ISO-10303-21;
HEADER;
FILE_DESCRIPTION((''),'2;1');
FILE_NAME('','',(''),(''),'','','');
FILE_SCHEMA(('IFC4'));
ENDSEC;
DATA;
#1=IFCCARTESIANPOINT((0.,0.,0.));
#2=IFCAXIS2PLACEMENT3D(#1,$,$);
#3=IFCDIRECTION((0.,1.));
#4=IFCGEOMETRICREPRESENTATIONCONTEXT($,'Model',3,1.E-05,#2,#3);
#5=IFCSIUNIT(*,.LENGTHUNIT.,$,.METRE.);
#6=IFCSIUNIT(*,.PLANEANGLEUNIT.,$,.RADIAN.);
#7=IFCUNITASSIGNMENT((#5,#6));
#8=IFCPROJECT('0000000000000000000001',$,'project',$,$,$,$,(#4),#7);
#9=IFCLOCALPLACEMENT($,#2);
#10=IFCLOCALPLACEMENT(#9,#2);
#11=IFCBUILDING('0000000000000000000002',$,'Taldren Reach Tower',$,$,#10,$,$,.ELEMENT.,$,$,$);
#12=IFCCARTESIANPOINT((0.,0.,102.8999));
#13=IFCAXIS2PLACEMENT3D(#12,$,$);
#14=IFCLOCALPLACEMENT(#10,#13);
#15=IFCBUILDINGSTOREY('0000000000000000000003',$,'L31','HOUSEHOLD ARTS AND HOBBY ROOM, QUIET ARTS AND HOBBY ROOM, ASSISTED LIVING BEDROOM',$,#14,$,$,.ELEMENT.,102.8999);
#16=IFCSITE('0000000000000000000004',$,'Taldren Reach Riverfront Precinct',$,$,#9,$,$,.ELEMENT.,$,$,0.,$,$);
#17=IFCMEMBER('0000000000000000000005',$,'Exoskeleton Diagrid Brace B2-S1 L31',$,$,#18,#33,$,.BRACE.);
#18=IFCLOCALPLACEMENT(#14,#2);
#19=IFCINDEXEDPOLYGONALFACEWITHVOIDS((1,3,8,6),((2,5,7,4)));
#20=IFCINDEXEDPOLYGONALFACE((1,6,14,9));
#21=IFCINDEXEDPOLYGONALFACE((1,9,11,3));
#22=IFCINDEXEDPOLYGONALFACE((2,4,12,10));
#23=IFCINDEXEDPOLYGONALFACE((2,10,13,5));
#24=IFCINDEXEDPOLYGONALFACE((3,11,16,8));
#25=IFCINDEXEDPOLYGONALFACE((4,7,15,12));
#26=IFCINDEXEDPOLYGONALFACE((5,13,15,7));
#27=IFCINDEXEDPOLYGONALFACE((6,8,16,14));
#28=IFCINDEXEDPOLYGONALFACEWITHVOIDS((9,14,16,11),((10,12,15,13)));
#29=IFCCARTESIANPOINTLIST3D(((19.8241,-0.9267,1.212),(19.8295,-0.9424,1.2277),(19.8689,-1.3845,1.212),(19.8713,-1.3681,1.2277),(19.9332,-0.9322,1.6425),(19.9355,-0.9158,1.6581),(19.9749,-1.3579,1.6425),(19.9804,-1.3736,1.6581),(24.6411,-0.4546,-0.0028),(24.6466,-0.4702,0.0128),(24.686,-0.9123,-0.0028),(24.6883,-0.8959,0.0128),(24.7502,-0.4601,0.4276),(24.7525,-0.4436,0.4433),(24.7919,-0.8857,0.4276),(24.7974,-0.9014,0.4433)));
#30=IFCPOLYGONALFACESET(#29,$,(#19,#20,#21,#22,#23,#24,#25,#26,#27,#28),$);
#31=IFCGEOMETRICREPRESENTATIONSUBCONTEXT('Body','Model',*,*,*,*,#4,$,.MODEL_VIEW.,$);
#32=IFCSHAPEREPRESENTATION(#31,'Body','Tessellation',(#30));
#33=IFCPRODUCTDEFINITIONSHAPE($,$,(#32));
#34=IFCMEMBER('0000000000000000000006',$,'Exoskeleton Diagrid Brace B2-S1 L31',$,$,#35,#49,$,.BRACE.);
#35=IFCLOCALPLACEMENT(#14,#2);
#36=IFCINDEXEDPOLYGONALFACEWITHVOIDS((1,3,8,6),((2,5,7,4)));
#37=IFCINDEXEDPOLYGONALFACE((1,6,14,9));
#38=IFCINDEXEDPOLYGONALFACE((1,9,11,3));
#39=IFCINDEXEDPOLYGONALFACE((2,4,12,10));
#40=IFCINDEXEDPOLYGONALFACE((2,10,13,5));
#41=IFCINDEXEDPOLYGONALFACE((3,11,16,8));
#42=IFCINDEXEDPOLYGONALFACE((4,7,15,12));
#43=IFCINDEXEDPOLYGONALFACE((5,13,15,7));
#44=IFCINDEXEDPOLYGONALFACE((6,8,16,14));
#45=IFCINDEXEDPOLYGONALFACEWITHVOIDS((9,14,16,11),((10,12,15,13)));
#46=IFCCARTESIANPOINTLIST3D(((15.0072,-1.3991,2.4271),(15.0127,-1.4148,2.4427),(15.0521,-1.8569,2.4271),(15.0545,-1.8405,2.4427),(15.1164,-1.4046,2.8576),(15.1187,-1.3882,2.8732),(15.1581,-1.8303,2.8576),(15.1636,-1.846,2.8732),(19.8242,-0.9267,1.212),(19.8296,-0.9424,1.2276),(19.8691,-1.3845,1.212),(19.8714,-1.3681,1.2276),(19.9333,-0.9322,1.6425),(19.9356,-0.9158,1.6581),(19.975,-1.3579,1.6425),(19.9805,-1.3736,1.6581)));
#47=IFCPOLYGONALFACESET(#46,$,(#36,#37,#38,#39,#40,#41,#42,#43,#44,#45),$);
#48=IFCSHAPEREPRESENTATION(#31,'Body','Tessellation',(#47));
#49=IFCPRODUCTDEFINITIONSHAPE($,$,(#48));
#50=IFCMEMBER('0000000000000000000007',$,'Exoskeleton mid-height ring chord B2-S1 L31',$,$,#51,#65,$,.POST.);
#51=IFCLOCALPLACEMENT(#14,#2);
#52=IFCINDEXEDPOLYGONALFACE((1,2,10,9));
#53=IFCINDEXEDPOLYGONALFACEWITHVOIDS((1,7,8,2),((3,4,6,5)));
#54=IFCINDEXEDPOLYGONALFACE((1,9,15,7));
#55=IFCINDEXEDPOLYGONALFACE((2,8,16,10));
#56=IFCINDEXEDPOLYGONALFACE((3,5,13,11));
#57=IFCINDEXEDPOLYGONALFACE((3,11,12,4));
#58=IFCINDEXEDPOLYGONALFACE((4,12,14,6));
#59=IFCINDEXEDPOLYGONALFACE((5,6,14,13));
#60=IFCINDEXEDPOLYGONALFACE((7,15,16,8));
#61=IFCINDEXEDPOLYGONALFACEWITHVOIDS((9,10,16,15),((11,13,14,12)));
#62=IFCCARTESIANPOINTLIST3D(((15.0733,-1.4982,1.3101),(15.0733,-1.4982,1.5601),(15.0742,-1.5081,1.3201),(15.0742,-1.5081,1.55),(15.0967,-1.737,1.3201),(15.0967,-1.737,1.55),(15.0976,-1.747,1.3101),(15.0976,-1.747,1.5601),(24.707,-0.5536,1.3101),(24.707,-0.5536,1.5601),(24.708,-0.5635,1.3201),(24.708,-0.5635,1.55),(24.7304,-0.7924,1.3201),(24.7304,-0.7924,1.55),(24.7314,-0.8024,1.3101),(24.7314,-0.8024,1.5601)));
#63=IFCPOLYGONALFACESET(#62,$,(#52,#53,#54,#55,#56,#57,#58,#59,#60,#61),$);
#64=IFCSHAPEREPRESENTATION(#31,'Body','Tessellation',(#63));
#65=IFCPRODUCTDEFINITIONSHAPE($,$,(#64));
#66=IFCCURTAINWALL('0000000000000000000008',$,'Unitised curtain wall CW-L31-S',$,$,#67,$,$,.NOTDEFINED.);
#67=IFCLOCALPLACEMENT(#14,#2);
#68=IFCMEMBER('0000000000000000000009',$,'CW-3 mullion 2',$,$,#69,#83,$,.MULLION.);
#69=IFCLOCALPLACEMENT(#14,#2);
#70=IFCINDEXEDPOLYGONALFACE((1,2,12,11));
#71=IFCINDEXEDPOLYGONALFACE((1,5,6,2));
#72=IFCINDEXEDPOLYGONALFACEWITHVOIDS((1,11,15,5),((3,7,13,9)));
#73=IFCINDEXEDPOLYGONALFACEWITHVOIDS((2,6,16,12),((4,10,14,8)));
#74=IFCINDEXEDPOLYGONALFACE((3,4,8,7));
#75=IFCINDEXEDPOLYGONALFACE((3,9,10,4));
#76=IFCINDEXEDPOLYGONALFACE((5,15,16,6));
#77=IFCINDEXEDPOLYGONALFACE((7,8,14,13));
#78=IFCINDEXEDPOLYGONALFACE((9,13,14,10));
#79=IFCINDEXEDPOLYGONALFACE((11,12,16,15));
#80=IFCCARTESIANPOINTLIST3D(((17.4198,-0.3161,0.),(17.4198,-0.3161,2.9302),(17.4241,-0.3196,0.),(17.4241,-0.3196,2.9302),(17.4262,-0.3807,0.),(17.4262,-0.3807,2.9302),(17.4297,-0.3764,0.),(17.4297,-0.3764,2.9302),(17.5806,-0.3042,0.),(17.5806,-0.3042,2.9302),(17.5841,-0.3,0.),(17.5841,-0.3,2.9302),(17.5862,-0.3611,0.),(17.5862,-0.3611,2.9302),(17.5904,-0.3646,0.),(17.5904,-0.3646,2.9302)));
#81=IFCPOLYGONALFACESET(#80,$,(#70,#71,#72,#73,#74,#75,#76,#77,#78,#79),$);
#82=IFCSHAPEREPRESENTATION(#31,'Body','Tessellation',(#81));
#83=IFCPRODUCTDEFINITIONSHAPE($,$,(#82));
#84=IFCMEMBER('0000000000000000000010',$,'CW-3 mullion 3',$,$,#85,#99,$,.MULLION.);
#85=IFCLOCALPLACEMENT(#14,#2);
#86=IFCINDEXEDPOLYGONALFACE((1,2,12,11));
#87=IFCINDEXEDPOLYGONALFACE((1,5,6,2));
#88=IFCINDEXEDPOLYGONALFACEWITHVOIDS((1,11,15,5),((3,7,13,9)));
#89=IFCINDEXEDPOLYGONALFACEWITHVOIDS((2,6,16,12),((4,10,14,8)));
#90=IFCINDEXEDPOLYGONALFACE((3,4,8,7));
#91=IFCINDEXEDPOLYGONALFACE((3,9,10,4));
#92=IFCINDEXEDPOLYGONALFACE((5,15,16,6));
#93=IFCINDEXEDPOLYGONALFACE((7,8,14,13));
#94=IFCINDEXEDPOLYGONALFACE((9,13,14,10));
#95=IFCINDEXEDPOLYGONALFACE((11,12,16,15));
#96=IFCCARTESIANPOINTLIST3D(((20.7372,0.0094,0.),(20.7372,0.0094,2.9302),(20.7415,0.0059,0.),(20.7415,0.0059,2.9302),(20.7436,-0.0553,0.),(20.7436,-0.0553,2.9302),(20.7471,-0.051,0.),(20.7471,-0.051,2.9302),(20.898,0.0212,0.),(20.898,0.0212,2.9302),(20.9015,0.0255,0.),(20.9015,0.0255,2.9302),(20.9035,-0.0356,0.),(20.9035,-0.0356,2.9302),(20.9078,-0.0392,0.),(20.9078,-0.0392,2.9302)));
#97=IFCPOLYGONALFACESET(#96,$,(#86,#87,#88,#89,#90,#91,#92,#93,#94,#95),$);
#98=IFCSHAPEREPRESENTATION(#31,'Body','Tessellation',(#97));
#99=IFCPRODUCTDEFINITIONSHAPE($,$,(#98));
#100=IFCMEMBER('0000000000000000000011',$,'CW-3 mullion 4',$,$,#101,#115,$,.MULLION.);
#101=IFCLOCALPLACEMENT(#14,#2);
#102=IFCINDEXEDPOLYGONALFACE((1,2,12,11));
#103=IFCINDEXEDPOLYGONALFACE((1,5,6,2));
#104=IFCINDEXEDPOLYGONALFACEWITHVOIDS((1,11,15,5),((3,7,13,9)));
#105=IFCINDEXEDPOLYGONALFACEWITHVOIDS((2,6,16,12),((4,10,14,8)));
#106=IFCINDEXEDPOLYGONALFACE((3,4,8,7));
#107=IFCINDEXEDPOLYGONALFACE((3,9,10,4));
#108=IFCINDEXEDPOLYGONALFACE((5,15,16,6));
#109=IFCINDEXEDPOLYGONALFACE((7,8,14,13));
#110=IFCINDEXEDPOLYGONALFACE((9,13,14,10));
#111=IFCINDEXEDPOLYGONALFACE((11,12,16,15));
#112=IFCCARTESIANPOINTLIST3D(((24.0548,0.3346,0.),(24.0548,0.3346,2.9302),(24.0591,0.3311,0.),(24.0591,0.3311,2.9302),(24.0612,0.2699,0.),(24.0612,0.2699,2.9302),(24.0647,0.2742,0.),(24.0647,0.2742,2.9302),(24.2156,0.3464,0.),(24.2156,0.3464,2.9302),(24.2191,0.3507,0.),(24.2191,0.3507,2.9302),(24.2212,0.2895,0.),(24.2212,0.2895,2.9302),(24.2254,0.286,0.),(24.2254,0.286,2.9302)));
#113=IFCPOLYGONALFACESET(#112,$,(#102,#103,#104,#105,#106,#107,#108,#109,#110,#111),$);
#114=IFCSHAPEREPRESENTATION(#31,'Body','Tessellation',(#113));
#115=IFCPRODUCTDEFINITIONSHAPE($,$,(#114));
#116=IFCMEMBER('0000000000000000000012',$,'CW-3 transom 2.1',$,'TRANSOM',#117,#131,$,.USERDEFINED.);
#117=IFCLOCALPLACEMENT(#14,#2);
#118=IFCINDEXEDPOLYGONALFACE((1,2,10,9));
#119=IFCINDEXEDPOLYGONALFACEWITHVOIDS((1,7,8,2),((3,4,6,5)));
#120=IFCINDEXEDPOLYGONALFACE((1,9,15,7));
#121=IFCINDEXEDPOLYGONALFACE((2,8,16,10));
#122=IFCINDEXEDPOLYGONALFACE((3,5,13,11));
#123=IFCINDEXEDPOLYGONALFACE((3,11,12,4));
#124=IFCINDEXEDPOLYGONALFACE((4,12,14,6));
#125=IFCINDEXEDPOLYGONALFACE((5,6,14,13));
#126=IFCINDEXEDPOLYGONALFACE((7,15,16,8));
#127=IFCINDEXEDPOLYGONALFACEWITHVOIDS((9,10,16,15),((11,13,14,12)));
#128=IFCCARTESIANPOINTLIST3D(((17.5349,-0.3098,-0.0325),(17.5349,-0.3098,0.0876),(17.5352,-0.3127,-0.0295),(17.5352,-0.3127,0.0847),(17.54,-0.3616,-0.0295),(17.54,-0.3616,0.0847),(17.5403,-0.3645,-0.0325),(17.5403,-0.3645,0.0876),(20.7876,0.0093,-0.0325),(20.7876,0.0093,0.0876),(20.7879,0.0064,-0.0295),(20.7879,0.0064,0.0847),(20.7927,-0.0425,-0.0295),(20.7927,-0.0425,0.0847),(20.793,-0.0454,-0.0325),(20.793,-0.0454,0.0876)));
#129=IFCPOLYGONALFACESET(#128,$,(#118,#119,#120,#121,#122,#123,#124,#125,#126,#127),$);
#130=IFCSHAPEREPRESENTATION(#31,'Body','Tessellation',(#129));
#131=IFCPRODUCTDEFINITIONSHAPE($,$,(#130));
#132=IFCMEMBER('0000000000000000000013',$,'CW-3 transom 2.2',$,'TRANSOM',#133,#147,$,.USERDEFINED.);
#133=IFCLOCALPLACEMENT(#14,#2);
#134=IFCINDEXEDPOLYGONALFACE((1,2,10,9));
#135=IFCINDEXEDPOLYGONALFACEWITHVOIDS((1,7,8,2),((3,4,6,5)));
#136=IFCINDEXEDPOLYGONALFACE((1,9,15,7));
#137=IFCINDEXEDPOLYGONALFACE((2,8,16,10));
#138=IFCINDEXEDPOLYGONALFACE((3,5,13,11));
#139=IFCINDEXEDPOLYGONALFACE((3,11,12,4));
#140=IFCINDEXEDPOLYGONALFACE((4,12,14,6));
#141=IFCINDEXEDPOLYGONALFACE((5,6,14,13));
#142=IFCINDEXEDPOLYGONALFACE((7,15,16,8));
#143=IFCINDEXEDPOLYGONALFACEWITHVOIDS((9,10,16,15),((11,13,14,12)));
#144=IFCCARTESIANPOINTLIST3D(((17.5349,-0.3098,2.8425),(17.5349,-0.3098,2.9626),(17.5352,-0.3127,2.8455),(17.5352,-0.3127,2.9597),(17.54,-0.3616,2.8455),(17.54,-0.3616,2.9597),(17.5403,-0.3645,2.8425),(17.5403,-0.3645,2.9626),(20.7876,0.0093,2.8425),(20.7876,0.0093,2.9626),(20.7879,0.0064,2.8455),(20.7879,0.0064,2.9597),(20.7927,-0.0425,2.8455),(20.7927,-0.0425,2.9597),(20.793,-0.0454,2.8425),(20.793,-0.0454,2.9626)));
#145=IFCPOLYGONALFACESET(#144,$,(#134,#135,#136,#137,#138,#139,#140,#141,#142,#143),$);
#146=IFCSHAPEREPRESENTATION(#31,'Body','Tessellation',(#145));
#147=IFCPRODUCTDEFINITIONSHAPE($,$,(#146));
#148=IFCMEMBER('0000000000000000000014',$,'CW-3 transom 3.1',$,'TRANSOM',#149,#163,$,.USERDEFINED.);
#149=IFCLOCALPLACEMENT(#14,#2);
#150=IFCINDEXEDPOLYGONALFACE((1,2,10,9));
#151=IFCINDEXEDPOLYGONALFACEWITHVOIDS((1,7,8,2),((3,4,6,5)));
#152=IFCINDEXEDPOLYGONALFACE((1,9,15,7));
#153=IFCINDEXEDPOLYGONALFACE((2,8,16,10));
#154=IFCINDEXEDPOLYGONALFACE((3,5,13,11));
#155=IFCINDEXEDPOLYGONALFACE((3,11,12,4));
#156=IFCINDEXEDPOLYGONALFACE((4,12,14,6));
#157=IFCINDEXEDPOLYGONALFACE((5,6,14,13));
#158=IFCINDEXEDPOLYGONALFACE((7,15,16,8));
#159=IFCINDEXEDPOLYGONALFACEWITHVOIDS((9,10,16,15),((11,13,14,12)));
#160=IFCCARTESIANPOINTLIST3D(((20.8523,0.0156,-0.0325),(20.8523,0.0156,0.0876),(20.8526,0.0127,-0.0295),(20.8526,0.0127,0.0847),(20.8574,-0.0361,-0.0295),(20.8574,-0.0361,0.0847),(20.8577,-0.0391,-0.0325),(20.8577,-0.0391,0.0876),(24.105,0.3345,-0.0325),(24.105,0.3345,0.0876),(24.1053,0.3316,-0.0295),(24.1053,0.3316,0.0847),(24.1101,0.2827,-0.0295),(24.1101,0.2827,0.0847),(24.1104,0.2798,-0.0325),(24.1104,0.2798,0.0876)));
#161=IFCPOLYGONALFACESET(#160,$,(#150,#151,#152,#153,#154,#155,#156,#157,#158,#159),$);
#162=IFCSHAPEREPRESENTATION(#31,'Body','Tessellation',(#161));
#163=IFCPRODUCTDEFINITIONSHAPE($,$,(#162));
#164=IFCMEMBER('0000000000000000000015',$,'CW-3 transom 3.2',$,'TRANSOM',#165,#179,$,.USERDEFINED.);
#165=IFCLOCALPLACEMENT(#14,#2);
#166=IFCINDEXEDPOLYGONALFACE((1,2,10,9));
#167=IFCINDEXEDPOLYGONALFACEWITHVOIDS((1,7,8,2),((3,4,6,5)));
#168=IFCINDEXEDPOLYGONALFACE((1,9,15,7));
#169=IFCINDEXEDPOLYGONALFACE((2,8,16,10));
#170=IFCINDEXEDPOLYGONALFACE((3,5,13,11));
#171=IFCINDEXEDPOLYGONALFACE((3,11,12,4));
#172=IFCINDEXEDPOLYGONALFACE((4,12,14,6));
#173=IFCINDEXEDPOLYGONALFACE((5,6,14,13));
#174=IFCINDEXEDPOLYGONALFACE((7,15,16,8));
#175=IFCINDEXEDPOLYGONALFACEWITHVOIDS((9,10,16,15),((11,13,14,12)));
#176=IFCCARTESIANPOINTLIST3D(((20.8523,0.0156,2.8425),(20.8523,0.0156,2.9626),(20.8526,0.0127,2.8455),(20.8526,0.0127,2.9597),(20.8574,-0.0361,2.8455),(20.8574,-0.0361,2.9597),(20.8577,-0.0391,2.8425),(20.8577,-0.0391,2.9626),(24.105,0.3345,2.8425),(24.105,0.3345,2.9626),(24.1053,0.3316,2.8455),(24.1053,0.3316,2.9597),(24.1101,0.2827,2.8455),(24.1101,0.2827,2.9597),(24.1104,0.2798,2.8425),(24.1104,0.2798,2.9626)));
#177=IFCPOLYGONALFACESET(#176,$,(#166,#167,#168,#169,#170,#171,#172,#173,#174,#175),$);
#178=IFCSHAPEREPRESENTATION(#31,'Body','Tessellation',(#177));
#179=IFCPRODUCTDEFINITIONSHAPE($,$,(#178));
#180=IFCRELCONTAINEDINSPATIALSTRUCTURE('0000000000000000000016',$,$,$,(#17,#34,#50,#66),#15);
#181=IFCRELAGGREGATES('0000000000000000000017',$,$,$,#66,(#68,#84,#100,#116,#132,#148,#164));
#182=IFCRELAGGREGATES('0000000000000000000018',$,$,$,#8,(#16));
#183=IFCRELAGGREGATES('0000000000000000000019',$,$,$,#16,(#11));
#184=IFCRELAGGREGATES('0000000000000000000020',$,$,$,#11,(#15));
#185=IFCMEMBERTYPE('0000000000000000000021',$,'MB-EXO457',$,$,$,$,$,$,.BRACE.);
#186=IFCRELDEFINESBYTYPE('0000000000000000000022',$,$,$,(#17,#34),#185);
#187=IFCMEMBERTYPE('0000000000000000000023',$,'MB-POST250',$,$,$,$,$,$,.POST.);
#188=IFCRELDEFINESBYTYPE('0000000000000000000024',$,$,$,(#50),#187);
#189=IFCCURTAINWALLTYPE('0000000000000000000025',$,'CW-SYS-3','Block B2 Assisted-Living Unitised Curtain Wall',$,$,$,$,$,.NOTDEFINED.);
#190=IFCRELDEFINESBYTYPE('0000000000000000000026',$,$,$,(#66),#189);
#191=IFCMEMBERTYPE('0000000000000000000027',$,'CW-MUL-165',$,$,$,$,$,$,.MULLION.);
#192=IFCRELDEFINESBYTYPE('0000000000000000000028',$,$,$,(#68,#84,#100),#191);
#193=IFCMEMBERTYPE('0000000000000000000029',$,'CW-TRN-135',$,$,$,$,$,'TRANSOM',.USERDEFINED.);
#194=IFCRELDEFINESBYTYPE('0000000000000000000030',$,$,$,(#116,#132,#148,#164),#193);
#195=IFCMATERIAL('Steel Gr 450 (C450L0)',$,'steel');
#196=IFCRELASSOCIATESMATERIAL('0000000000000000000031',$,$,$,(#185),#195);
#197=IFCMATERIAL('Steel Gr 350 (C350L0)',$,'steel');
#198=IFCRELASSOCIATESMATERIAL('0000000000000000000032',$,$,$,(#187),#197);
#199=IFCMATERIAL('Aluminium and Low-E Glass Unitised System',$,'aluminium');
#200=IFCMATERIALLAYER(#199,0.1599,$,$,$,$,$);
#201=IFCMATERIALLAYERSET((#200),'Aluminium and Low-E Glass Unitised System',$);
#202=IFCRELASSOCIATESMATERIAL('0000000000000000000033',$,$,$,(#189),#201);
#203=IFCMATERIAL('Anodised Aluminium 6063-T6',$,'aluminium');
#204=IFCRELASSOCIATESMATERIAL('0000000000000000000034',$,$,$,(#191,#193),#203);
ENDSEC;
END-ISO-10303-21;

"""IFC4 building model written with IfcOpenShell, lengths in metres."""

from ifc_helpers import new_model, si_unit, direction, frame, origin, origin_2d, place, context, subcontext, project, spatial, hollow_rectangle, extrude, source, transform, mapped, material, layer, layer_set, material_profile, profile_set, type_object, element, aggregate, save


model = new_model("IFC4")

# Units and contexts
model_context = context("Model", 3, precision=1e-05, world=origin(), true_north=direction((0.0, 1.0)))
body_context = subcontext(model_context, "Body", "Model", "MODEL_VIEW")
ifc_project = project(units=[si_unit("LENGTHUNIT", "METRE"), si_unit("PLANEANGLEUNIT", "RADIAN")], contexts=[model_context])

# Site, building, storey
site_placement = place(None, origin())
site = spatial("IfcSite", under=ifc_project, at=site_placement, Name="Taldren Reach Riverfront Precinct", CompositionType="ELEMENT", RefElevation=0.0)
building_placement = place(site_placement, origin())
building = spatial("IfcBuilding", under=site, at=building_placement, Name="Taldren Reach Tower", CompositionType="ELEMENT")
storey_placement = place(building_placement, frame((0.0, 0.0, 102.8999)))
storey = spatial("IfcBuildingStorey", under=building, at=storey_placement, Name="L31", Description="HOUSEHOLD ARTS AND HOBBY ROOM, QUIET ARTS AND HOBBY ROOM, ASSISTED LIVING BEDROOM", CompositionType="ELEMENT", Elevation=102.8999)

# Members
ifc_material_1 = material(Name="Steel Gr 450 (C450L0)", Category="steel")
ifc_material_profile_1 = material_profile(ifc_material_1, hollow_rectangle(XDim=0.46, YDim=0.46, WallThickness=0.0161, at=origin_2d()), Name="460x460x16.0SHS")
ifc_profile_set_1 = profile_set([ifc_material_profile_1], Name="Steel Gr 450 (C450L0)")
member_type_1 = type_object("IfcMemberType", Name="MB-EXO457", PredefinedType="BRACE", material=ifc_profile_set_1)
shared_shape_1 = source(origin(), body_context, "Body", "SweptSolid", [
    extrude(hollow_rectangle(XDim=0.46, YDim=0.46, WallThickness=0.0161, at=origin_2d()), origin(), (0.0, 0.0, 1.0), 4.9902),
])
for number, where, z_axis, x_axis, name in (
    (1, (24.7192, -0.678, 0.2202), (-0.965287, -0.094621, 0.24345), (0.097556, -0.99523, 0.0), "Exoskeleton Diagrid Brace B2-S1 L31"),
    (2, (19.9023, -1.1501, 1.4351), (-0.965271, -0.094668, 0.243495), (0.097606, -0.995225, 0.0), "Exoskeleton Diagrid Brace B2-S1 L31"),
):
    element("IfcMember", number, at=place(storey_placement, frame(where, z_axis=z_axis, x_axis=x_axis)), inside=storey, type_object=member_type_1, Name=name, PredefinedType="BRACE", context=body_context, shape_type="MappedRepresentation", body=[
        mapped(shared_shape_1, transform((0.0, 0.0, 0.0), scale=1.0)),
    ])
ifc_material_2 = material(Name="Steel Gr 350 (C350L0)", Category="steel")
ifc_material_profile_2 = material_profile(ifc_material_2, hollow_rectangle(XDim=0.25, YDim=0.25, WallThickness=0.01, at=origin_2d()), Name="250x250x10.0SHS")
ifc_profile_set_2 = profile_set([ifc_material_profile_2], Name="Steel Gr 350 (C350L0)")
member_type_2 = type_object("IfcMemberType", Name="MB-POST250", PredefinedType="POST", material=ifc_profile_set_2)
shared_shape_2 = source(origin(), body_context, "Body", "SweptSolid", [
    extrude(hollow_rectangle(XDim=0.25, YDim=0.25, WallThickness=0.01, at=origin_2d()), origin(), (0.0, 0.0, 1.0), 9.6799),
])
member_1_placement = place(storey_placement, frame((15.0854, -1.6226, 1.4351), z_axis=(0.995228, 0.097581, 0.0), x_axis=(-0.097581, 0.995228, 0.0)))
element("IfcMember", 3, at=member_1_placement, inside=storey, type_object=member_type_2, Name="Exoskeleton mid-height ring chord B2-S1 L31", PredefinedType="POST", context=body_context, shape_type="MappedRepresentation", body=[
    mapped(shared_shape_2, transform((0.0, 0.0, 0.0), scale=1.0)),
])

# Curtain wall, members
ifc_material_3 = material(Name="Aluminium and Low-E Glass Unitised System", Category="aluminium")
ifc_layer_1 = layer(ifc_material_3, 0.1599)
ifc_layer_set_1 = layer_set([ifc_layer_1], Name="Aluminium and Low-E Glass Unitised System")
curtain_wall_type = type_object("IfcCurtainWallType", Name="CW-SYS-3", Description="Block B2 Assisted-Living Unitised Curtain Wall", PredefinedType="NOTDEFINED", material=ifc_layer_set_1)
curtain_wall_placement = place(storey_placement, origin())
curtain_wall = element("IfcCurtainWall", 4, at=curtain_wall_placement, inside=storey, type_object=curtain_wall_type, Name="Unitised curtain wall CW-L31-S", PredefinedType="NOTDEFINED")
ifc_material_4 = material(Name="Anodised Aluminium 6063-T6", Category="aluminium")
ifc_material_profile_3 = material_profile(ifc_material_4, hollow_rectangle(XDim=0.0649, YDim=0.165, WallThickness=0.0039, at=origin_2d()), Name="ALU-165x65x4RHS")
ifc_profile_set_3 = profile_set([ifc_material_profile_3], Name="Anodised Aluminium 6063-T6")
member_type_3 = type_object("IfcMemberType", Name="CW-MUL-165", PredefinedType="MULLION", material=ifc_profile_set_3)
shared_shape_3 = source(origin(), body_context, "Body", "SweptSolid", [
    extrude(hollow_rectangle(XDim=0.0649, YDim=0.165, WallThickness=0.0039, at=origin_2d()), origin(), (0.0, 0.0, 1.0), 2.9302),
])
member_2_placement = place(storey_placement, frame((17.5051, -0.3403, 0.0), z_axis=(0.0, 0.0, 1.0), x_axis=(-0.097583, 0.995227, 0.0)))
member_2 = element("IfcMember", 5, at=member_2_placement, type_object=member_type_3, Name="CW-3 mullion 2", PredefinedType="MULLION", context=body_context, shape_type="MappedRepresentation", body=[
    mapped(shared_shape_3, transform((0.0, 0.0, 0.0), scale=1.0)),
])
member_3_placement = place(storey_placement, frame((20.8225, -0.0149, 0.0), z_axis=(0.0, 0.0, 1.0), x_axis=(-0.097583, 0.995227, 0.0)))
member_3 = element("IfcMember", 6, at=member_3_placement, type_object=member_type_3, Name="CW-3 mullion 3", PredefinedType="MULLION", context=body_context, shape_type="MappedRepresentation", body=[
    mapped(shared_shape_3, transform((0.0, 0.0, 0.0), scale=1.0)),
])
member_4_placement = place(storey_placement, frame((24.1401, 0.3103, 0.0), z_axis=(0.0, 0.0, 1.0), x_axis=(-0.097583, 0.995227, 0.0)))
member_4 = element("IfcMember", 7, at=member_4_placement, type_object=member_type_3, Name="CW-3 mullion 4", PredefinedType="MULLION", context=body_context, shape_type="MappedRepresentation", body=[
    mapped(shared_shape_3, transform((0.0, 0.0, 0.0), scale=1.0)),
])
ifc_material_profile_4 = material_profile(ifc_material_4, hollow_rectangle(XDim=0.0549, YDim=0.1201, WallThickness=0.0029, at=origin_2d()), Name="ALU-120x55x3RHS")
ifc_profile_set_4 = profile_set([ifc_material_profile_4], Name="Anodised Aluminium 6063-T6")
member_type_4 = type_object("IfcMemberType", Name="CW-TRN-135", ElementType="TRANSOM", PredefinedType="USERDEFINED", material=ifc_profile_set_4)
shared_shape_4 = source(origin(), body_context, "Body", "SweptSolid", [
    extrude(hollow_rectangle(XDim=0.0549, YDim=0.1201, WallThickness=0.0029, at=origin_2d()), origin(), (0.0, 0.0, 1.0), 3.2683),
])
member_5_placement = place(storey_placement, frame((17.5376, -0.3372, 0.0276), z_axis=(0.995223, 0.097632, 0.0), x_axis=(-0.097632, 0.995223, 0.0)))
member_5 = element("IfcMember", 8, at=member_5_placement, type_object=member_type_4, Name="CW-3 transom 2.1", ObjectType="TRANSOM", PredefinedType="USERDEFINED", context=body_context, shape_type="MappedRepresentation", body=[
    mapped(shared_shape_4, transform((0.0, 0.0, 0.0), scale=1.0)),
])
member_6_placement = place(storey_placement, frame((17.5376, -0.3372, 2.9026), z_axis=(0.995223, 0.097632, 0.0), x_axis=(-0.097632, 0.995223, 0.0)))
member_6 = element("IfcMember", 9, at=member_6_placement, type_object=member_type_4, Name="CW-3 transom 2.2", ObjectType="TRANSOM", PredefinedType="USERDEFINED", context=body_context, shape_type="MappedRepresentation", body=[
    mapped(shared_shape_4, transform((0.0, 0.0, 0.0), scale=1.0)),
])
member_7_placement = place(storey_placement, frame((20.855, -0.0117, 0.0276), z_axis=(0.99523, 0.097558, 0.0), x_axis=(-0.097558, 0.99523, 0.0)))
member_7 = element("IfcMember", 10, at=member_7_placement, type_object=member_type_4, Name="CW-3 transom 3.1", ObjectType="TRANSOM", PredefinedType="USERDEFINED", context=body_context, shape_type="MappedRepresentation", body=[
    mapped(shared_shape_4, transform((0.0, 0.0, 0.0), scale=1.0)),
])
member_8_placement = place(storey_placement, frame((20.855, -0.0117, 2.9026), z_axis=(0.99523, 0.097558, 0.0), x_axis=(-0.097558, 0.99523, 0.0)))
member_8 = element("IfcMember", 11, at=member_8_placement, type_object=member_type_4, Name="CW-3 transom 3.2", ObjectType="TRANSOM", PredefinedType="USERDEFINED", context=body_context, shape_type="MappedRepresentation", body=[
    mapped(shared_shape_4, transform((0.0, 0.0, 0.0), scale=1.0)),
])

aggregate(curtain_wall, [member_2, member_3, member_4, member_5, member_6, member_7, member_8])

save(model, "model.ifc")
